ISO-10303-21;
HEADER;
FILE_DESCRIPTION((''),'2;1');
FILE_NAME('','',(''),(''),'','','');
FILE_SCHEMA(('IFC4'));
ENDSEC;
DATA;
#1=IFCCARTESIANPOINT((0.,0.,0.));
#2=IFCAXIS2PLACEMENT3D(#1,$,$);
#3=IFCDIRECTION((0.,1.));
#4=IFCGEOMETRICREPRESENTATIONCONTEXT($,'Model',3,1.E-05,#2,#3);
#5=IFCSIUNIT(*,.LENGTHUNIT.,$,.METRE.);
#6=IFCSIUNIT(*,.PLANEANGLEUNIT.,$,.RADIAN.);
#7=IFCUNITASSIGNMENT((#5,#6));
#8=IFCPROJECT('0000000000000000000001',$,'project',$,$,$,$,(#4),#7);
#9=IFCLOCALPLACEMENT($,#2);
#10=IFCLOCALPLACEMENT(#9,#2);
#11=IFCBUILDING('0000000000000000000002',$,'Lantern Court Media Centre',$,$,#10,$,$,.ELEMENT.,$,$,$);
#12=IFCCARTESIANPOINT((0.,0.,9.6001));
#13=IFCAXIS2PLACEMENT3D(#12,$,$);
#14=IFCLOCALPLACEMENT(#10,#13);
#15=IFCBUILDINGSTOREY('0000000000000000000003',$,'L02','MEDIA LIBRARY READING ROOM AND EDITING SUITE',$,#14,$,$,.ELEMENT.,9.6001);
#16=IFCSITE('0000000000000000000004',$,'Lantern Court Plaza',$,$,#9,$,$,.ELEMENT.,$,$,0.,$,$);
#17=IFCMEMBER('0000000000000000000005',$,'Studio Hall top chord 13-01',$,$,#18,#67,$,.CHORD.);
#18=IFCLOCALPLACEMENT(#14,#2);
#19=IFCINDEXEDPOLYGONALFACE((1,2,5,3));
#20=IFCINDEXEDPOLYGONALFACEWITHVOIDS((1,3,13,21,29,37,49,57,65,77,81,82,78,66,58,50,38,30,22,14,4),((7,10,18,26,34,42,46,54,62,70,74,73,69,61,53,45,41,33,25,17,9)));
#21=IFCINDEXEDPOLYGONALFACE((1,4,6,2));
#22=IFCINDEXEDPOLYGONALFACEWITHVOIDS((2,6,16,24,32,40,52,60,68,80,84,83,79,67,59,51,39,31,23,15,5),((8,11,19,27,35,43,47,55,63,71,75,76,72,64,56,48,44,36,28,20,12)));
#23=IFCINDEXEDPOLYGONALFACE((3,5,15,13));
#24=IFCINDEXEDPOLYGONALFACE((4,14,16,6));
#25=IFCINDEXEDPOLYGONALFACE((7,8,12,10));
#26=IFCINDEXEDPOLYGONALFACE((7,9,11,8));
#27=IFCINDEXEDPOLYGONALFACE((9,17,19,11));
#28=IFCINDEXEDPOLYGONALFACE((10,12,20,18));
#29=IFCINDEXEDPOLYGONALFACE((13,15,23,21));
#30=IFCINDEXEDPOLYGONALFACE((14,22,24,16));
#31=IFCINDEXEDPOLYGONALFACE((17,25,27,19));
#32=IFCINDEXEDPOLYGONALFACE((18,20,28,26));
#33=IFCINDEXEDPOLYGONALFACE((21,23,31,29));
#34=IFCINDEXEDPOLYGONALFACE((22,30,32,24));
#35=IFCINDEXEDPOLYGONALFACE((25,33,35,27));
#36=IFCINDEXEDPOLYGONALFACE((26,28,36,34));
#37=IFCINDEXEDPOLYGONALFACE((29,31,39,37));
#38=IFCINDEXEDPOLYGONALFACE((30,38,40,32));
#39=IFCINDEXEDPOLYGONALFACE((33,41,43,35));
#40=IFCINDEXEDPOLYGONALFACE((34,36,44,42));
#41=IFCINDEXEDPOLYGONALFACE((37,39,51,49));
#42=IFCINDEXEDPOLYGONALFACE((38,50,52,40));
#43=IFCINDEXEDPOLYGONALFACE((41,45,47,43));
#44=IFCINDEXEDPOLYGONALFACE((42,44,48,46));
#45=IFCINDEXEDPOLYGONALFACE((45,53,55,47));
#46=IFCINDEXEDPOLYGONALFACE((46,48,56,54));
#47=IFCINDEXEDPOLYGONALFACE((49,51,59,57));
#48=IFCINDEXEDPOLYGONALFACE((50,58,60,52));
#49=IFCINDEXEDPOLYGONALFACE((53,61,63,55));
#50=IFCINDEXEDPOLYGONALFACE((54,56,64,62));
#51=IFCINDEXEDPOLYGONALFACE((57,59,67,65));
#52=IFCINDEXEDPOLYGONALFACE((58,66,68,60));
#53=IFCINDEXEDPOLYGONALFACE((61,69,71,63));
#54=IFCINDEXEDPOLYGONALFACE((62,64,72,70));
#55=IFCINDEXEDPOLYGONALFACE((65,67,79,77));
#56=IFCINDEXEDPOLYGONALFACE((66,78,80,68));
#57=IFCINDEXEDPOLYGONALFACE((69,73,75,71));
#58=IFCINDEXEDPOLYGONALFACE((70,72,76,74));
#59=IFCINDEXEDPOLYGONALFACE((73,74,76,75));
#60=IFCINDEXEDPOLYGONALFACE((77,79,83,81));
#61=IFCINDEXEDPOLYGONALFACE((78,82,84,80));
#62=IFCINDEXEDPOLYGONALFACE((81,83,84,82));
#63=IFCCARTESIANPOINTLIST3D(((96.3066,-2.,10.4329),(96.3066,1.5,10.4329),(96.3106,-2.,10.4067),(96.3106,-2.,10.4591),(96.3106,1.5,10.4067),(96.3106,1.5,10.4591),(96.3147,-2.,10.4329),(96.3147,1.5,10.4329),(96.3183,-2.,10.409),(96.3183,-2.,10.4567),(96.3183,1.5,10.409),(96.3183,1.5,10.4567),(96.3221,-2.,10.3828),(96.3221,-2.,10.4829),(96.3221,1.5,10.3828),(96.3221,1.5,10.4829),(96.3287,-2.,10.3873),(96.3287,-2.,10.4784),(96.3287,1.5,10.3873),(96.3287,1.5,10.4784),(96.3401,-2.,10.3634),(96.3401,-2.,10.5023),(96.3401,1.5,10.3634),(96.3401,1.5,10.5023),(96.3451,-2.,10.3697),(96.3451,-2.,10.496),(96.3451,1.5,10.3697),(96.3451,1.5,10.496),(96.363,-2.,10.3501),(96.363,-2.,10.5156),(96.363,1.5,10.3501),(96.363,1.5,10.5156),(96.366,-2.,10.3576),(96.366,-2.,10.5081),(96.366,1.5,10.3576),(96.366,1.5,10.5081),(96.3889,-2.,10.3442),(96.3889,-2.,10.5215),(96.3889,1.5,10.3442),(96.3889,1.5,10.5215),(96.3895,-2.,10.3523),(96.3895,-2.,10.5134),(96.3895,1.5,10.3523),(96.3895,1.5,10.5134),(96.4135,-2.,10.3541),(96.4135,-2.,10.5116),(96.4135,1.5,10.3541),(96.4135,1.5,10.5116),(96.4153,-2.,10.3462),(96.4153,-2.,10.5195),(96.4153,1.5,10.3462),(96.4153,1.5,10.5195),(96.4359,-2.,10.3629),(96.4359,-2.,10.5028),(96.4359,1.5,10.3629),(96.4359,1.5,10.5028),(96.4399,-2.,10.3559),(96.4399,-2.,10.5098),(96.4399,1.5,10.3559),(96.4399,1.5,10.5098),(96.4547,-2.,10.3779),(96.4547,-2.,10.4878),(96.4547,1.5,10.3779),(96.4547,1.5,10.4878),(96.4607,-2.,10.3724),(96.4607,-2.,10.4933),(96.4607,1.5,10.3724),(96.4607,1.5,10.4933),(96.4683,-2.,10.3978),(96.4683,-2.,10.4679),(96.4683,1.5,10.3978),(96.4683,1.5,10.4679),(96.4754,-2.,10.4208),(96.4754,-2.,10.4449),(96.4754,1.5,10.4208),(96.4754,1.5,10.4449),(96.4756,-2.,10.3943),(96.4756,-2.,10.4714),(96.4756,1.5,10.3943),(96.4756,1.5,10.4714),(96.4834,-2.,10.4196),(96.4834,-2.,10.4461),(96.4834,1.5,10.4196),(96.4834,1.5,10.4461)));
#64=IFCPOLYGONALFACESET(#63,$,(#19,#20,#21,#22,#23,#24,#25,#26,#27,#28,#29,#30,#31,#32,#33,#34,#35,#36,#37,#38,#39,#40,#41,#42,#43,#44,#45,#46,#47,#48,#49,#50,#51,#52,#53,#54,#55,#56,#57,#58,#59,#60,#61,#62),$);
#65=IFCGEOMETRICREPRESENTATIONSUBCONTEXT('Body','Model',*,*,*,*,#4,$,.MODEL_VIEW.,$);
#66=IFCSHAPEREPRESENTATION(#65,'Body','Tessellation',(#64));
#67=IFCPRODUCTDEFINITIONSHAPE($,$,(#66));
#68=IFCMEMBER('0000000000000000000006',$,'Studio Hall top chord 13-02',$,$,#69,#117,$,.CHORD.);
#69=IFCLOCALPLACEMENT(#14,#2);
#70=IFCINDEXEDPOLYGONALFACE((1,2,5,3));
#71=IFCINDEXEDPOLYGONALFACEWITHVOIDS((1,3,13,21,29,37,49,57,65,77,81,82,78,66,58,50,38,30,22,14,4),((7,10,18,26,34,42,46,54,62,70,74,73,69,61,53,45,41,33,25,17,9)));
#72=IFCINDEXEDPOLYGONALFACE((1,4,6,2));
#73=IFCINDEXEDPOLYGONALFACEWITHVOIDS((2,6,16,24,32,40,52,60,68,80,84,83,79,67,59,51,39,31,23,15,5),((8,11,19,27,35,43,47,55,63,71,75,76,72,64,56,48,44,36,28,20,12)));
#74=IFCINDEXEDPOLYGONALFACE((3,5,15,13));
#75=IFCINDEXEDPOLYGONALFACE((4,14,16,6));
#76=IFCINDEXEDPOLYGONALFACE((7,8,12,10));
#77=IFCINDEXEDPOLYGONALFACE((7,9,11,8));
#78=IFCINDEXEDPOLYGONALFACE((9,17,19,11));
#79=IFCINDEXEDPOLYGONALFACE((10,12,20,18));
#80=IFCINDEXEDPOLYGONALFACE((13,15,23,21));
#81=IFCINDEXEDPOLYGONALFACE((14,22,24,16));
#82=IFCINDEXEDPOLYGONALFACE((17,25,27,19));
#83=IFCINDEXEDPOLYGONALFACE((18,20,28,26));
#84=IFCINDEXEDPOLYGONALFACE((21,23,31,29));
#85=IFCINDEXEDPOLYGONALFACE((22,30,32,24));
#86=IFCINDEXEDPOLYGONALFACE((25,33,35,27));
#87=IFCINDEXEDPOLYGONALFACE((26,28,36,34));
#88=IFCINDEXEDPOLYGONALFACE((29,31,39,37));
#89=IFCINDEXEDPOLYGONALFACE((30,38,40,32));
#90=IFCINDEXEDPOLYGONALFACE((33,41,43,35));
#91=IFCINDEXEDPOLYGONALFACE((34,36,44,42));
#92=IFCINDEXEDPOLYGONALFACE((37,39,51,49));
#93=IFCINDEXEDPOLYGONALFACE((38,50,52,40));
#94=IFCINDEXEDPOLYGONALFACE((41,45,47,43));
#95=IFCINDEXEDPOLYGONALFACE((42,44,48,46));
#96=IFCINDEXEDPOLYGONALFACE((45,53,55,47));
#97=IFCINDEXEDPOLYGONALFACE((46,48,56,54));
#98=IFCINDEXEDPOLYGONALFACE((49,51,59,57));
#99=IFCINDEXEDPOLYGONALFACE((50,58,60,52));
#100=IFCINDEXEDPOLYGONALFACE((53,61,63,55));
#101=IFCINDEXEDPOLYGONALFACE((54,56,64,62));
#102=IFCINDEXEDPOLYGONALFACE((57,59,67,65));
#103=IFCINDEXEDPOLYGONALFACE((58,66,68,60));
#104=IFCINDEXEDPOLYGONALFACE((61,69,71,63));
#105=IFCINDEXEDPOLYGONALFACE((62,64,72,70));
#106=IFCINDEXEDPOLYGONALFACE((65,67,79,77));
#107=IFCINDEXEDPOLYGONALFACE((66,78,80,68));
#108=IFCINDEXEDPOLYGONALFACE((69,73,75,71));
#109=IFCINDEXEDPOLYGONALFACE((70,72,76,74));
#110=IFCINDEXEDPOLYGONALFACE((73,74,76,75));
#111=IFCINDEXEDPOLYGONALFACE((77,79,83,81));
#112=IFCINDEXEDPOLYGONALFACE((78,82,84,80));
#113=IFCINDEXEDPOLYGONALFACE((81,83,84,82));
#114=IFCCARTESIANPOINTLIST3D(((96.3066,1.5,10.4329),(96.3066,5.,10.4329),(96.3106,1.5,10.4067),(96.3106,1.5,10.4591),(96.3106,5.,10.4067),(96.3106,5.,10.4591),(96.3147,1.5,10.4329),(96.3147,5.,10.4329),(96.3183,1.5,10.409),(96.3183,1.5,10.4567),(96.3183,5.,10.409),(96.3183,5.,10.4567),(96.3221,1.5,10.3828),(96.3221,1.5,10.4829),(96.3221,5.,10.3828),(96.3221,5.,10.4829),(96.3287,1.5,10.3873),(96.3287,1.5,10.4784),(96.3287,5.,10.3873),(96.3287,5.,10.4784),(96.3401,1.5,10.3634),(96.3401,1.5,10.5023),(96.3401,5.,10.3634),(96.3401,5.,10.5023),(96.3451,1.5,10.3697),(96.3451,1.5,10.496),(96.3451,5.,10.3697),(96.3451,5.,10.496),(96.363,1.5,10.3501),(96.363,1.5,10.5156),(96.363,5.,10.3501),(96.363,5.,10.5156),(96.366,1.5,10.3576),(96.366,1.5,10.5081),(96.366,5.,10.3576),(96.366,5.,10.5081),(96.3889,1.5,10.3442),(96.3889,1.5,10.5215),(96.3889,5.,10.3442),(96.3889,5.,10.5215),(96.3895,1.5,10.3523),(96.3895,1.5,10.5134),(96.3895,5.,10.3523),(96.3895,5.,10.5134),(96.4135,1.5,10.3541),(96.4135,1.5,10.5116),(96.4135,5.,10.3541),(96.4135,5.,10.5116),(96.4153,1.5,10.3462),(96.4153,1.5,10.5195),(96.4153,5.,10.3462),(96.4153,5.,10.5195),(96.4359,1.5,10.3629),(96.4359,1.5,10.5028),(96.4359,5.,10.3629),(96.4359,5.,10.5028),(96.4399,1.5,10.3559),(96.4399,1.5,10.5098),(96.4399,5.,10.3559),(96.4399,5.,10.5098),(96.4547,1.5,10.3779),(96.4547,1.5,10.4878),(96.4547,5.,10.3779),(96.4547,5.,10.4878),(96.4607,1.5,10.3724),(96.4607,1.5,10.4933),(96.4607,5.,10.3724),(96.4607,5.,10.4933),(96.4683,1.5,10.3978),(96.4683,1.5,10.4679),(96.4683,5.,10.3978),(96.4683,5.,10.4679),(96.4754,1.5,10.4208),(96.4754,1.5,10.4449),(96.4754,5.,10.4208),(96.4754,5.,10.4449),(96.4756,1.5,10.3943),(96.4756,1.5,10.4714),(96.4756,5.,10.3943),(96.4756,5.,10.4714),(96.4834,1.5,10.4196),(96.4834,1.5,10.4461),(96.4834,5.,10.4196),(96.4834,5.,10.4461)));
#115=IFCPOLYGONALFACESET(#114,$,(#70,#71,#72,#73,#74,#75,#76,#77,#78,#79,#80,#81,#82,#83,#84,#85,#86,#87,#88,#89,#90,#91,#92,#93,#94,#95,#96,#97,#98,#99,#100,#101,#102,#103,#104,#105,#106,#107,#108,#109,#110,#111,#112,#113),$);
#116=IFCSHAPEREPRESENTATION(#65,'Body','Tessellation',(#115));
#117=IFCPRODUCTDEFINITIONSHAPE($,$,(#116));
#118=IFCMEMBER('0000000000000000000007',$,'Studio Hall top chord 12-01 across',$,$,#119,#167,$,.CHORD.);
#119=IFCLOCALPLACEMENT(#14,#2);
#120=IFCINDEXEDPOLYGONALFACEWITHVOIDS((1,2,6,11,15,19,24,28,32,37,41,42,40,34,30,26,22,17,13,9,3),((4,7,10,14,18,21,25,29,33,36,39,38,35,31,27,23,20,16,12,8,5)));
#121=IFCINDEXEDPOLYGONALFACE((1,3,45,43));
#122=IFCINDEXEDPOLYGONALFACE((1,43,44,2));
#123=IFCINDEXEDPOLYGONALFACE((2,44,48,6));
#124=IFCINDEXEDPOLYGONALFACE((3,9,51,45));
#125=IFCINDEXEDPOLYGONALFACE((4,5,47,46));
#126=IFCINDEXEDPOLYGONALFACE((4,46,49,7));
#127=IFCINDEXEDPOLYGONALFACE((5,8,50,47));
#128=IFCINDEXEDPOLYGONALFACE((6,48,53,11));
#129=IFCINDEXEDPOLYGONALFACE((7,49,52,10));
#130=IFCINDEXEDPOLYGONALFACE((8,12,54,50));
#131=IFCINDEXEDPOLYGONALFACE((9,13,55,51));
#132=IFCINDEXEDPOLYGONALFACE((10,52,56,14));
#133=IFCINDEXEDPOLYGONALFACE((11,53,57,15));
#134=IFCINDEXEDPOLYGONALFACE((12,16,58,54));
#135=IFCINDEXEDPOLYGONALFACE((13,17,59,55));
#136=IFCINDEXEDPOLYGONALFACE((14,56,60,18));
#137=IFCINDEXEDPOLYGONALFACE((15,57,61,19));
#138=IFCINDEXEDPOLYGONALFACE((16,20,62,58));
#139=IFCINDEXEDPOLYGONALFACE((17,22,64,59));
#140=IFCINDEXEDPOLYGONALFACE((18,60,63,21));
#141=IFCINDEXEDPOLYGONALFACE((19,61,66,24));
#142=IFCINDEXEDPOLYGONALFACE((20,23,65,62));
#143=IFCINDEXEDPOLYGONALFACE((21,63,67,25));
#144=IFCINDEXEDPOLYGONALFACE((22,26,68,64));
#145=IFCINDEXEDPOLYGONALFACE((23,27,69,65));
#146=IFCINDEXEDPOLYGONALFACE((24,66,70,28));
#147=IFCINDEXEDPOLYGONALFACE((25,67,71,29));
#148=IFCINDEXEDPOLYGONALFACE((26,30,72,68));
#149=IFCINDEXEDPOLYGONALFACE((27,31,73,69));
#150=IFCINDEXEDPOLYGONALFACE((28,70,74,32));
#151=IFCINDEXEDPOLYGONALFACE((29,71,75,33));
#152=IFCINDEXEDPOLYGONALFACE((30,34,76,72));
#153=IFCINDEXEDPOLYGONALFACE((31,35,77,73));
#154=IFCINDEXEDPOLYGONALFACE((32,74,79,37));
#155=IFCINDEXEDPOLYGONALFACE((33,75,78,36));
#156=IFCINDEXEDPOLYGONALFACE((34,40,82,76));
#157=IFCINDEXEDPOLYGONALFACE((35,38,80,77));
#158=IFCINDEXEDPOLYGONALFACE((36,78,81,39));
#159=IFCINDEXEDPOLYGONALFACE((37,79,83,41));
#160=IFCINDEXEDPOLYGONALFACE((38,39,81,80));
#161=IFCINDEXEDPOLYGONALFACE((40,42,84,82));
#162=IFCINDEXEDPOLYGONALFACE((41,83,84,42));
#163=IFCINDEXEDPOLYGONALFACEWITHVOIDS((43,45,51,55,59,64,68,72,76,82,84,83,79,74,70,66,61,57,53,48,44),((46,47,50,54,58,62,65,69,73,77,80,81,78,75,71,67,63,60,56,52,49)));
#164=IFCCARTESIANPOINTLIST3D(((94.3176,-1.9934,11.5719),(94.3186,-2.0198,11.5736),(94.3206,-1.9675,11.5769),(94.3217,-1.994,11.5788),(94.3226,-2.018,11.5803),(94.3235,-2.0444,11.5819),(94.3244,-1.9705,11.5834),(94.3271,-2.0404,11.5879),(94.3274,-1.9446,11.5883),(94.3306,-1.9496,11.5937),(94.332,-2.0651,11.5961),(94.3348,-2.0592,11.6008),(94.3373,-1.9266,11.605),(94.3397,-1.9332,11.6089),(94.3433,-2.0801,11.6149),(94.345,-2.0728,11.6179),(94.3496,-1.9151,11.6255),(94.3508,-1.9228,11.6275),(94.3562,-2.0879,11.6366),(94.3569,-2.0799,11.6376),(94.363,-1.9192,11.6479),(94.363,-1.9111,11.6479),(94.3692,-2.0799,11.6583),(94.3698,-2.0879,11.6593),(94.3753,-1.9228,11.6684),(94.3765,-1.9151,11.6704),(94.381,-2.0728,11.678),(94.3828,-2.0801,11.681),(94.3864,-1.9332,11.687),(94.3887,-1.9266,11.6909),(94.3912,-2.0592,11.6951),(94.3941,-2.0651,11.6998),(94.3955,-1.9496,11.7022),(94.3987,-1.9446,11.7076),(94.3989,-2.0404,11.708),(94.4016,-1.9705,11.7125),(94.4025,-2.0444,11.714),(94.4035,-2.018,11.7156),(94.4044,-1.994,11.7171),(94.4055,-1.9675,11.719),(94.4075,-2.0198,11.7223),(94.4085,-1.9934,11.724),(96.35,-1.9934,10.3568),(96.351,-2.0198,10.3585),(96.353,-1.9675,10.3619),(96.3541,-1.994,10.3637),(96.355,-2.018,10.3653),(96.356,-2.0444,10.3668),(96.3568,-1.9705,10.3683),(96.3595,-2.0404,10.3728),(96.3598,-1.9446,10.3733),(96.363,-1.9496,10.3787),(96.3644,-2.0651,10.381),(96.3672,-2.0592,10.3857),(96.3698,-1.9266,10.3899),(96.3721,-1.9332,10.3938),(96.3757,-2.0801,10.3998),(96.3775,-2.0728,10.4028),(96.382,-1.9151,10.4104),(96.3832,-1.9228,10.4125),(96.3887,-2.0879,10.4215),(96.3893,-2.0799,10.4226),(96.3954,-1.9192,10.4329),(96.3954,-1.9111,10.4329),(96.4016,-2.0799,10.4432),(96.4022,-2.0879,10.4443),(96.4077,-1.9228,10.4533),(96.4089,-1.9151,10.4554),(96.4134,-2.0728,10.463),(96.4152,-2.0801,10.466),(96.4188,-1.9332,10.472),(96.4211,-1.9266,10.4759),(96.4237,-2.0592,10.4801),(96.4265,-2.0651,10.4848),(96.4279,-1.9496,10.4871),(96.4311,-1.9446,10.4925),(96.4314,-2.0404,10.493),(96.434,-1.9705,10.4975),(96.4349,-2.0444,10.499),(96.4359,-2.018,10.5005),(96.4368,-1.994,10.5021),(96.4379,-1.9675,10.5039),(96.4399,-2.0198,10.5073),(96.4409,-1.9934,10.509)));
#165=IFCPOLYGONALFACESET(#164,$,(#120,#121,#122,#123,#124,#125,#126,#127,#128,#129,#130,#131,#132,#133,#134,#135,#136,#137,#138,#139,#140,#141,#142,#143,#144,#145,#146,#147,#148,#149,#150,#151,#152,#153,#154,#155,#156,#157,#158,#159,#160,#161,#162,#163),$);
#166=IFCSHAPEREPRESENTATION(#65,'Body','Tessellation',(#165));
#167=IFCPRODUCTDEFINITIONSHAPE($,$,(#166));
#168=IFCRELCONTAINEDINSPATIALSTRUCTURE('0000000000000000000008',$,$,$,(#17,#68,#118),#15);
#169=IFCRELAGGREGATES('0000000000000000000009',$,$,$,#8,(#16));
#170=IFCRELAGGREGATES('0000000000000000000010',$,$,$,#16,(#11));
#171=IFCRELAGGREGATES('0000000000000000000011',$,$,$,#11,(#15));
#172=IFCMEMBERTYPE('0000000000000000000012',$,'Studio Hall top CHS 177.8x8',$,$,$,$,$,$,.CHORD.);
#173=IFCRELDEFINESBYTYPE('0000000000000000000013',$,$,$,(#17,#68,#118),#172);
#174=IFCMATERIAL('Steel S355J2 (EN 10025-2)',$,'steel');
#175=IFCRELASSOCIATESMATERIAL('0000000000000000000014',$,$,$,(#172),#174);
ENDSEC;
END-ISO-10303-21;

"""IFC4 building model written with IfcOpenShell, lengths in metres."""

from ifc_helpers import new_model, si_unit, direction, frame, origin, origin_2d, place, context, subcontext, project, spatial, hollow_circle, extrude, material, material_profile, profile_set, type_object, element, save


model = new_model("IFC4")

# Units and contexts
model_context = context("Model", 3, precision=1e-05, world=origin(), true_north=direction((0.0, 1.0)))
body_context = subcontext(model_context, "Body", "Model", "MODEL_VIEW")
ifc_project = project(units=[si_unit("LENGTHUNIT", "METRE"), si_unit("PLANEANGLEUNIT", "RADIAN")], contexts=[model_context])

# Site, building, storey
site_placement = place(None, origin())
site = spatial("IfcSite", under=ifc_project, at=site_placement, Name="Lantern Court Plaza", CompositionType="ELEMENT", RefElevation=0.0)
building_placement = place(site_placement, origin())
building = spatial("IfcBuilding", under=site, at=building_placement, Name="Lantern Court Media Centre", CompositionType="ELEMENT")
storey_placement = place(building_placement, frame((0.0, 0.0, 9.6001)))
storey = spatial("IfcBuildingStorey", under=building, at=storey_placement, Name="L02", Description="MEDIA LIBRARY READING ROOM AND EDITING SUITE", CompositionType="ELEMENT", Elevation=9.6001)

# Members
ifc_material = material(Name="Steel S355J2 (EN 10025-2)", Category="steel")
ifc_material_profile_1 = material_profile(ifc_material, hollow_circle(Radius=0.0889, WallThickness=0.0081, at=origin_2d()), Name="Studio Hall top CHS 177.8x8")
ifc_profile_set_1 = profile_set([ifc_material_profile_1], Name="Steel S355J2 (EN 10025-2)")
member_type_1 = type_object("IfcMemberType", Name="Studio Hall top CHS 177.8x8", PredefinedType="CHORD", material=ifc_profile_set_1)
for number, where, z_axis, x_axis, name in (
    (1, (96.3955, -2.0, 10.4329), (0.0, 1.0, 0.0), (-1.0, 0.0, 0.0), "Studio Hall top chord 13-01"),
    (2, (96.3955, 1.5, 10.4329), (0.0, 1.0, 0.0), (-1.0, 0.0, 0.0), "Studio Hall top chord 13-02"),
):
    element("IfcMember", number, at=place(storey_placement, frame(where, z_axis=z_axis, x_axis=x_axis)), inside=storey, type_object=member_type_1, Name=name, PredefinedType="CHORD", context=body_context, shape_type="SweptSolid", body=[
        extrude(hollow_circle(Radius=0.0889, WallThickness=0.0081, at=origin_2d()), origin(), (0.0, 0.0, 1.0), 3.5),
    ])
for number, where, z_axis, x_axis, name in (
    (3, (94.363, -2.0, 11.6479), (0.858311, 0.0, -0.513131), (0.0, 1.0, 0.0), "Studio Hall top chord 12-01 across"),
):
    element("IfcMember", number, at=place(storey_placement, frame(where, z_axis=z_axis, x_axis=x_axis)), inside=storey, type_object=member_type_1, Name=name, PredefinedType="CHORD", context=body_context, shape_type="SweptSolid", body=[
        extrude(hollow_circle(Radius=0.0889, WallThickness=0.0081, at=origin_2d()), origin(), (0.0, 0.0, 1.0), 2.3679),
    ])

save(model, "model.ifc")
